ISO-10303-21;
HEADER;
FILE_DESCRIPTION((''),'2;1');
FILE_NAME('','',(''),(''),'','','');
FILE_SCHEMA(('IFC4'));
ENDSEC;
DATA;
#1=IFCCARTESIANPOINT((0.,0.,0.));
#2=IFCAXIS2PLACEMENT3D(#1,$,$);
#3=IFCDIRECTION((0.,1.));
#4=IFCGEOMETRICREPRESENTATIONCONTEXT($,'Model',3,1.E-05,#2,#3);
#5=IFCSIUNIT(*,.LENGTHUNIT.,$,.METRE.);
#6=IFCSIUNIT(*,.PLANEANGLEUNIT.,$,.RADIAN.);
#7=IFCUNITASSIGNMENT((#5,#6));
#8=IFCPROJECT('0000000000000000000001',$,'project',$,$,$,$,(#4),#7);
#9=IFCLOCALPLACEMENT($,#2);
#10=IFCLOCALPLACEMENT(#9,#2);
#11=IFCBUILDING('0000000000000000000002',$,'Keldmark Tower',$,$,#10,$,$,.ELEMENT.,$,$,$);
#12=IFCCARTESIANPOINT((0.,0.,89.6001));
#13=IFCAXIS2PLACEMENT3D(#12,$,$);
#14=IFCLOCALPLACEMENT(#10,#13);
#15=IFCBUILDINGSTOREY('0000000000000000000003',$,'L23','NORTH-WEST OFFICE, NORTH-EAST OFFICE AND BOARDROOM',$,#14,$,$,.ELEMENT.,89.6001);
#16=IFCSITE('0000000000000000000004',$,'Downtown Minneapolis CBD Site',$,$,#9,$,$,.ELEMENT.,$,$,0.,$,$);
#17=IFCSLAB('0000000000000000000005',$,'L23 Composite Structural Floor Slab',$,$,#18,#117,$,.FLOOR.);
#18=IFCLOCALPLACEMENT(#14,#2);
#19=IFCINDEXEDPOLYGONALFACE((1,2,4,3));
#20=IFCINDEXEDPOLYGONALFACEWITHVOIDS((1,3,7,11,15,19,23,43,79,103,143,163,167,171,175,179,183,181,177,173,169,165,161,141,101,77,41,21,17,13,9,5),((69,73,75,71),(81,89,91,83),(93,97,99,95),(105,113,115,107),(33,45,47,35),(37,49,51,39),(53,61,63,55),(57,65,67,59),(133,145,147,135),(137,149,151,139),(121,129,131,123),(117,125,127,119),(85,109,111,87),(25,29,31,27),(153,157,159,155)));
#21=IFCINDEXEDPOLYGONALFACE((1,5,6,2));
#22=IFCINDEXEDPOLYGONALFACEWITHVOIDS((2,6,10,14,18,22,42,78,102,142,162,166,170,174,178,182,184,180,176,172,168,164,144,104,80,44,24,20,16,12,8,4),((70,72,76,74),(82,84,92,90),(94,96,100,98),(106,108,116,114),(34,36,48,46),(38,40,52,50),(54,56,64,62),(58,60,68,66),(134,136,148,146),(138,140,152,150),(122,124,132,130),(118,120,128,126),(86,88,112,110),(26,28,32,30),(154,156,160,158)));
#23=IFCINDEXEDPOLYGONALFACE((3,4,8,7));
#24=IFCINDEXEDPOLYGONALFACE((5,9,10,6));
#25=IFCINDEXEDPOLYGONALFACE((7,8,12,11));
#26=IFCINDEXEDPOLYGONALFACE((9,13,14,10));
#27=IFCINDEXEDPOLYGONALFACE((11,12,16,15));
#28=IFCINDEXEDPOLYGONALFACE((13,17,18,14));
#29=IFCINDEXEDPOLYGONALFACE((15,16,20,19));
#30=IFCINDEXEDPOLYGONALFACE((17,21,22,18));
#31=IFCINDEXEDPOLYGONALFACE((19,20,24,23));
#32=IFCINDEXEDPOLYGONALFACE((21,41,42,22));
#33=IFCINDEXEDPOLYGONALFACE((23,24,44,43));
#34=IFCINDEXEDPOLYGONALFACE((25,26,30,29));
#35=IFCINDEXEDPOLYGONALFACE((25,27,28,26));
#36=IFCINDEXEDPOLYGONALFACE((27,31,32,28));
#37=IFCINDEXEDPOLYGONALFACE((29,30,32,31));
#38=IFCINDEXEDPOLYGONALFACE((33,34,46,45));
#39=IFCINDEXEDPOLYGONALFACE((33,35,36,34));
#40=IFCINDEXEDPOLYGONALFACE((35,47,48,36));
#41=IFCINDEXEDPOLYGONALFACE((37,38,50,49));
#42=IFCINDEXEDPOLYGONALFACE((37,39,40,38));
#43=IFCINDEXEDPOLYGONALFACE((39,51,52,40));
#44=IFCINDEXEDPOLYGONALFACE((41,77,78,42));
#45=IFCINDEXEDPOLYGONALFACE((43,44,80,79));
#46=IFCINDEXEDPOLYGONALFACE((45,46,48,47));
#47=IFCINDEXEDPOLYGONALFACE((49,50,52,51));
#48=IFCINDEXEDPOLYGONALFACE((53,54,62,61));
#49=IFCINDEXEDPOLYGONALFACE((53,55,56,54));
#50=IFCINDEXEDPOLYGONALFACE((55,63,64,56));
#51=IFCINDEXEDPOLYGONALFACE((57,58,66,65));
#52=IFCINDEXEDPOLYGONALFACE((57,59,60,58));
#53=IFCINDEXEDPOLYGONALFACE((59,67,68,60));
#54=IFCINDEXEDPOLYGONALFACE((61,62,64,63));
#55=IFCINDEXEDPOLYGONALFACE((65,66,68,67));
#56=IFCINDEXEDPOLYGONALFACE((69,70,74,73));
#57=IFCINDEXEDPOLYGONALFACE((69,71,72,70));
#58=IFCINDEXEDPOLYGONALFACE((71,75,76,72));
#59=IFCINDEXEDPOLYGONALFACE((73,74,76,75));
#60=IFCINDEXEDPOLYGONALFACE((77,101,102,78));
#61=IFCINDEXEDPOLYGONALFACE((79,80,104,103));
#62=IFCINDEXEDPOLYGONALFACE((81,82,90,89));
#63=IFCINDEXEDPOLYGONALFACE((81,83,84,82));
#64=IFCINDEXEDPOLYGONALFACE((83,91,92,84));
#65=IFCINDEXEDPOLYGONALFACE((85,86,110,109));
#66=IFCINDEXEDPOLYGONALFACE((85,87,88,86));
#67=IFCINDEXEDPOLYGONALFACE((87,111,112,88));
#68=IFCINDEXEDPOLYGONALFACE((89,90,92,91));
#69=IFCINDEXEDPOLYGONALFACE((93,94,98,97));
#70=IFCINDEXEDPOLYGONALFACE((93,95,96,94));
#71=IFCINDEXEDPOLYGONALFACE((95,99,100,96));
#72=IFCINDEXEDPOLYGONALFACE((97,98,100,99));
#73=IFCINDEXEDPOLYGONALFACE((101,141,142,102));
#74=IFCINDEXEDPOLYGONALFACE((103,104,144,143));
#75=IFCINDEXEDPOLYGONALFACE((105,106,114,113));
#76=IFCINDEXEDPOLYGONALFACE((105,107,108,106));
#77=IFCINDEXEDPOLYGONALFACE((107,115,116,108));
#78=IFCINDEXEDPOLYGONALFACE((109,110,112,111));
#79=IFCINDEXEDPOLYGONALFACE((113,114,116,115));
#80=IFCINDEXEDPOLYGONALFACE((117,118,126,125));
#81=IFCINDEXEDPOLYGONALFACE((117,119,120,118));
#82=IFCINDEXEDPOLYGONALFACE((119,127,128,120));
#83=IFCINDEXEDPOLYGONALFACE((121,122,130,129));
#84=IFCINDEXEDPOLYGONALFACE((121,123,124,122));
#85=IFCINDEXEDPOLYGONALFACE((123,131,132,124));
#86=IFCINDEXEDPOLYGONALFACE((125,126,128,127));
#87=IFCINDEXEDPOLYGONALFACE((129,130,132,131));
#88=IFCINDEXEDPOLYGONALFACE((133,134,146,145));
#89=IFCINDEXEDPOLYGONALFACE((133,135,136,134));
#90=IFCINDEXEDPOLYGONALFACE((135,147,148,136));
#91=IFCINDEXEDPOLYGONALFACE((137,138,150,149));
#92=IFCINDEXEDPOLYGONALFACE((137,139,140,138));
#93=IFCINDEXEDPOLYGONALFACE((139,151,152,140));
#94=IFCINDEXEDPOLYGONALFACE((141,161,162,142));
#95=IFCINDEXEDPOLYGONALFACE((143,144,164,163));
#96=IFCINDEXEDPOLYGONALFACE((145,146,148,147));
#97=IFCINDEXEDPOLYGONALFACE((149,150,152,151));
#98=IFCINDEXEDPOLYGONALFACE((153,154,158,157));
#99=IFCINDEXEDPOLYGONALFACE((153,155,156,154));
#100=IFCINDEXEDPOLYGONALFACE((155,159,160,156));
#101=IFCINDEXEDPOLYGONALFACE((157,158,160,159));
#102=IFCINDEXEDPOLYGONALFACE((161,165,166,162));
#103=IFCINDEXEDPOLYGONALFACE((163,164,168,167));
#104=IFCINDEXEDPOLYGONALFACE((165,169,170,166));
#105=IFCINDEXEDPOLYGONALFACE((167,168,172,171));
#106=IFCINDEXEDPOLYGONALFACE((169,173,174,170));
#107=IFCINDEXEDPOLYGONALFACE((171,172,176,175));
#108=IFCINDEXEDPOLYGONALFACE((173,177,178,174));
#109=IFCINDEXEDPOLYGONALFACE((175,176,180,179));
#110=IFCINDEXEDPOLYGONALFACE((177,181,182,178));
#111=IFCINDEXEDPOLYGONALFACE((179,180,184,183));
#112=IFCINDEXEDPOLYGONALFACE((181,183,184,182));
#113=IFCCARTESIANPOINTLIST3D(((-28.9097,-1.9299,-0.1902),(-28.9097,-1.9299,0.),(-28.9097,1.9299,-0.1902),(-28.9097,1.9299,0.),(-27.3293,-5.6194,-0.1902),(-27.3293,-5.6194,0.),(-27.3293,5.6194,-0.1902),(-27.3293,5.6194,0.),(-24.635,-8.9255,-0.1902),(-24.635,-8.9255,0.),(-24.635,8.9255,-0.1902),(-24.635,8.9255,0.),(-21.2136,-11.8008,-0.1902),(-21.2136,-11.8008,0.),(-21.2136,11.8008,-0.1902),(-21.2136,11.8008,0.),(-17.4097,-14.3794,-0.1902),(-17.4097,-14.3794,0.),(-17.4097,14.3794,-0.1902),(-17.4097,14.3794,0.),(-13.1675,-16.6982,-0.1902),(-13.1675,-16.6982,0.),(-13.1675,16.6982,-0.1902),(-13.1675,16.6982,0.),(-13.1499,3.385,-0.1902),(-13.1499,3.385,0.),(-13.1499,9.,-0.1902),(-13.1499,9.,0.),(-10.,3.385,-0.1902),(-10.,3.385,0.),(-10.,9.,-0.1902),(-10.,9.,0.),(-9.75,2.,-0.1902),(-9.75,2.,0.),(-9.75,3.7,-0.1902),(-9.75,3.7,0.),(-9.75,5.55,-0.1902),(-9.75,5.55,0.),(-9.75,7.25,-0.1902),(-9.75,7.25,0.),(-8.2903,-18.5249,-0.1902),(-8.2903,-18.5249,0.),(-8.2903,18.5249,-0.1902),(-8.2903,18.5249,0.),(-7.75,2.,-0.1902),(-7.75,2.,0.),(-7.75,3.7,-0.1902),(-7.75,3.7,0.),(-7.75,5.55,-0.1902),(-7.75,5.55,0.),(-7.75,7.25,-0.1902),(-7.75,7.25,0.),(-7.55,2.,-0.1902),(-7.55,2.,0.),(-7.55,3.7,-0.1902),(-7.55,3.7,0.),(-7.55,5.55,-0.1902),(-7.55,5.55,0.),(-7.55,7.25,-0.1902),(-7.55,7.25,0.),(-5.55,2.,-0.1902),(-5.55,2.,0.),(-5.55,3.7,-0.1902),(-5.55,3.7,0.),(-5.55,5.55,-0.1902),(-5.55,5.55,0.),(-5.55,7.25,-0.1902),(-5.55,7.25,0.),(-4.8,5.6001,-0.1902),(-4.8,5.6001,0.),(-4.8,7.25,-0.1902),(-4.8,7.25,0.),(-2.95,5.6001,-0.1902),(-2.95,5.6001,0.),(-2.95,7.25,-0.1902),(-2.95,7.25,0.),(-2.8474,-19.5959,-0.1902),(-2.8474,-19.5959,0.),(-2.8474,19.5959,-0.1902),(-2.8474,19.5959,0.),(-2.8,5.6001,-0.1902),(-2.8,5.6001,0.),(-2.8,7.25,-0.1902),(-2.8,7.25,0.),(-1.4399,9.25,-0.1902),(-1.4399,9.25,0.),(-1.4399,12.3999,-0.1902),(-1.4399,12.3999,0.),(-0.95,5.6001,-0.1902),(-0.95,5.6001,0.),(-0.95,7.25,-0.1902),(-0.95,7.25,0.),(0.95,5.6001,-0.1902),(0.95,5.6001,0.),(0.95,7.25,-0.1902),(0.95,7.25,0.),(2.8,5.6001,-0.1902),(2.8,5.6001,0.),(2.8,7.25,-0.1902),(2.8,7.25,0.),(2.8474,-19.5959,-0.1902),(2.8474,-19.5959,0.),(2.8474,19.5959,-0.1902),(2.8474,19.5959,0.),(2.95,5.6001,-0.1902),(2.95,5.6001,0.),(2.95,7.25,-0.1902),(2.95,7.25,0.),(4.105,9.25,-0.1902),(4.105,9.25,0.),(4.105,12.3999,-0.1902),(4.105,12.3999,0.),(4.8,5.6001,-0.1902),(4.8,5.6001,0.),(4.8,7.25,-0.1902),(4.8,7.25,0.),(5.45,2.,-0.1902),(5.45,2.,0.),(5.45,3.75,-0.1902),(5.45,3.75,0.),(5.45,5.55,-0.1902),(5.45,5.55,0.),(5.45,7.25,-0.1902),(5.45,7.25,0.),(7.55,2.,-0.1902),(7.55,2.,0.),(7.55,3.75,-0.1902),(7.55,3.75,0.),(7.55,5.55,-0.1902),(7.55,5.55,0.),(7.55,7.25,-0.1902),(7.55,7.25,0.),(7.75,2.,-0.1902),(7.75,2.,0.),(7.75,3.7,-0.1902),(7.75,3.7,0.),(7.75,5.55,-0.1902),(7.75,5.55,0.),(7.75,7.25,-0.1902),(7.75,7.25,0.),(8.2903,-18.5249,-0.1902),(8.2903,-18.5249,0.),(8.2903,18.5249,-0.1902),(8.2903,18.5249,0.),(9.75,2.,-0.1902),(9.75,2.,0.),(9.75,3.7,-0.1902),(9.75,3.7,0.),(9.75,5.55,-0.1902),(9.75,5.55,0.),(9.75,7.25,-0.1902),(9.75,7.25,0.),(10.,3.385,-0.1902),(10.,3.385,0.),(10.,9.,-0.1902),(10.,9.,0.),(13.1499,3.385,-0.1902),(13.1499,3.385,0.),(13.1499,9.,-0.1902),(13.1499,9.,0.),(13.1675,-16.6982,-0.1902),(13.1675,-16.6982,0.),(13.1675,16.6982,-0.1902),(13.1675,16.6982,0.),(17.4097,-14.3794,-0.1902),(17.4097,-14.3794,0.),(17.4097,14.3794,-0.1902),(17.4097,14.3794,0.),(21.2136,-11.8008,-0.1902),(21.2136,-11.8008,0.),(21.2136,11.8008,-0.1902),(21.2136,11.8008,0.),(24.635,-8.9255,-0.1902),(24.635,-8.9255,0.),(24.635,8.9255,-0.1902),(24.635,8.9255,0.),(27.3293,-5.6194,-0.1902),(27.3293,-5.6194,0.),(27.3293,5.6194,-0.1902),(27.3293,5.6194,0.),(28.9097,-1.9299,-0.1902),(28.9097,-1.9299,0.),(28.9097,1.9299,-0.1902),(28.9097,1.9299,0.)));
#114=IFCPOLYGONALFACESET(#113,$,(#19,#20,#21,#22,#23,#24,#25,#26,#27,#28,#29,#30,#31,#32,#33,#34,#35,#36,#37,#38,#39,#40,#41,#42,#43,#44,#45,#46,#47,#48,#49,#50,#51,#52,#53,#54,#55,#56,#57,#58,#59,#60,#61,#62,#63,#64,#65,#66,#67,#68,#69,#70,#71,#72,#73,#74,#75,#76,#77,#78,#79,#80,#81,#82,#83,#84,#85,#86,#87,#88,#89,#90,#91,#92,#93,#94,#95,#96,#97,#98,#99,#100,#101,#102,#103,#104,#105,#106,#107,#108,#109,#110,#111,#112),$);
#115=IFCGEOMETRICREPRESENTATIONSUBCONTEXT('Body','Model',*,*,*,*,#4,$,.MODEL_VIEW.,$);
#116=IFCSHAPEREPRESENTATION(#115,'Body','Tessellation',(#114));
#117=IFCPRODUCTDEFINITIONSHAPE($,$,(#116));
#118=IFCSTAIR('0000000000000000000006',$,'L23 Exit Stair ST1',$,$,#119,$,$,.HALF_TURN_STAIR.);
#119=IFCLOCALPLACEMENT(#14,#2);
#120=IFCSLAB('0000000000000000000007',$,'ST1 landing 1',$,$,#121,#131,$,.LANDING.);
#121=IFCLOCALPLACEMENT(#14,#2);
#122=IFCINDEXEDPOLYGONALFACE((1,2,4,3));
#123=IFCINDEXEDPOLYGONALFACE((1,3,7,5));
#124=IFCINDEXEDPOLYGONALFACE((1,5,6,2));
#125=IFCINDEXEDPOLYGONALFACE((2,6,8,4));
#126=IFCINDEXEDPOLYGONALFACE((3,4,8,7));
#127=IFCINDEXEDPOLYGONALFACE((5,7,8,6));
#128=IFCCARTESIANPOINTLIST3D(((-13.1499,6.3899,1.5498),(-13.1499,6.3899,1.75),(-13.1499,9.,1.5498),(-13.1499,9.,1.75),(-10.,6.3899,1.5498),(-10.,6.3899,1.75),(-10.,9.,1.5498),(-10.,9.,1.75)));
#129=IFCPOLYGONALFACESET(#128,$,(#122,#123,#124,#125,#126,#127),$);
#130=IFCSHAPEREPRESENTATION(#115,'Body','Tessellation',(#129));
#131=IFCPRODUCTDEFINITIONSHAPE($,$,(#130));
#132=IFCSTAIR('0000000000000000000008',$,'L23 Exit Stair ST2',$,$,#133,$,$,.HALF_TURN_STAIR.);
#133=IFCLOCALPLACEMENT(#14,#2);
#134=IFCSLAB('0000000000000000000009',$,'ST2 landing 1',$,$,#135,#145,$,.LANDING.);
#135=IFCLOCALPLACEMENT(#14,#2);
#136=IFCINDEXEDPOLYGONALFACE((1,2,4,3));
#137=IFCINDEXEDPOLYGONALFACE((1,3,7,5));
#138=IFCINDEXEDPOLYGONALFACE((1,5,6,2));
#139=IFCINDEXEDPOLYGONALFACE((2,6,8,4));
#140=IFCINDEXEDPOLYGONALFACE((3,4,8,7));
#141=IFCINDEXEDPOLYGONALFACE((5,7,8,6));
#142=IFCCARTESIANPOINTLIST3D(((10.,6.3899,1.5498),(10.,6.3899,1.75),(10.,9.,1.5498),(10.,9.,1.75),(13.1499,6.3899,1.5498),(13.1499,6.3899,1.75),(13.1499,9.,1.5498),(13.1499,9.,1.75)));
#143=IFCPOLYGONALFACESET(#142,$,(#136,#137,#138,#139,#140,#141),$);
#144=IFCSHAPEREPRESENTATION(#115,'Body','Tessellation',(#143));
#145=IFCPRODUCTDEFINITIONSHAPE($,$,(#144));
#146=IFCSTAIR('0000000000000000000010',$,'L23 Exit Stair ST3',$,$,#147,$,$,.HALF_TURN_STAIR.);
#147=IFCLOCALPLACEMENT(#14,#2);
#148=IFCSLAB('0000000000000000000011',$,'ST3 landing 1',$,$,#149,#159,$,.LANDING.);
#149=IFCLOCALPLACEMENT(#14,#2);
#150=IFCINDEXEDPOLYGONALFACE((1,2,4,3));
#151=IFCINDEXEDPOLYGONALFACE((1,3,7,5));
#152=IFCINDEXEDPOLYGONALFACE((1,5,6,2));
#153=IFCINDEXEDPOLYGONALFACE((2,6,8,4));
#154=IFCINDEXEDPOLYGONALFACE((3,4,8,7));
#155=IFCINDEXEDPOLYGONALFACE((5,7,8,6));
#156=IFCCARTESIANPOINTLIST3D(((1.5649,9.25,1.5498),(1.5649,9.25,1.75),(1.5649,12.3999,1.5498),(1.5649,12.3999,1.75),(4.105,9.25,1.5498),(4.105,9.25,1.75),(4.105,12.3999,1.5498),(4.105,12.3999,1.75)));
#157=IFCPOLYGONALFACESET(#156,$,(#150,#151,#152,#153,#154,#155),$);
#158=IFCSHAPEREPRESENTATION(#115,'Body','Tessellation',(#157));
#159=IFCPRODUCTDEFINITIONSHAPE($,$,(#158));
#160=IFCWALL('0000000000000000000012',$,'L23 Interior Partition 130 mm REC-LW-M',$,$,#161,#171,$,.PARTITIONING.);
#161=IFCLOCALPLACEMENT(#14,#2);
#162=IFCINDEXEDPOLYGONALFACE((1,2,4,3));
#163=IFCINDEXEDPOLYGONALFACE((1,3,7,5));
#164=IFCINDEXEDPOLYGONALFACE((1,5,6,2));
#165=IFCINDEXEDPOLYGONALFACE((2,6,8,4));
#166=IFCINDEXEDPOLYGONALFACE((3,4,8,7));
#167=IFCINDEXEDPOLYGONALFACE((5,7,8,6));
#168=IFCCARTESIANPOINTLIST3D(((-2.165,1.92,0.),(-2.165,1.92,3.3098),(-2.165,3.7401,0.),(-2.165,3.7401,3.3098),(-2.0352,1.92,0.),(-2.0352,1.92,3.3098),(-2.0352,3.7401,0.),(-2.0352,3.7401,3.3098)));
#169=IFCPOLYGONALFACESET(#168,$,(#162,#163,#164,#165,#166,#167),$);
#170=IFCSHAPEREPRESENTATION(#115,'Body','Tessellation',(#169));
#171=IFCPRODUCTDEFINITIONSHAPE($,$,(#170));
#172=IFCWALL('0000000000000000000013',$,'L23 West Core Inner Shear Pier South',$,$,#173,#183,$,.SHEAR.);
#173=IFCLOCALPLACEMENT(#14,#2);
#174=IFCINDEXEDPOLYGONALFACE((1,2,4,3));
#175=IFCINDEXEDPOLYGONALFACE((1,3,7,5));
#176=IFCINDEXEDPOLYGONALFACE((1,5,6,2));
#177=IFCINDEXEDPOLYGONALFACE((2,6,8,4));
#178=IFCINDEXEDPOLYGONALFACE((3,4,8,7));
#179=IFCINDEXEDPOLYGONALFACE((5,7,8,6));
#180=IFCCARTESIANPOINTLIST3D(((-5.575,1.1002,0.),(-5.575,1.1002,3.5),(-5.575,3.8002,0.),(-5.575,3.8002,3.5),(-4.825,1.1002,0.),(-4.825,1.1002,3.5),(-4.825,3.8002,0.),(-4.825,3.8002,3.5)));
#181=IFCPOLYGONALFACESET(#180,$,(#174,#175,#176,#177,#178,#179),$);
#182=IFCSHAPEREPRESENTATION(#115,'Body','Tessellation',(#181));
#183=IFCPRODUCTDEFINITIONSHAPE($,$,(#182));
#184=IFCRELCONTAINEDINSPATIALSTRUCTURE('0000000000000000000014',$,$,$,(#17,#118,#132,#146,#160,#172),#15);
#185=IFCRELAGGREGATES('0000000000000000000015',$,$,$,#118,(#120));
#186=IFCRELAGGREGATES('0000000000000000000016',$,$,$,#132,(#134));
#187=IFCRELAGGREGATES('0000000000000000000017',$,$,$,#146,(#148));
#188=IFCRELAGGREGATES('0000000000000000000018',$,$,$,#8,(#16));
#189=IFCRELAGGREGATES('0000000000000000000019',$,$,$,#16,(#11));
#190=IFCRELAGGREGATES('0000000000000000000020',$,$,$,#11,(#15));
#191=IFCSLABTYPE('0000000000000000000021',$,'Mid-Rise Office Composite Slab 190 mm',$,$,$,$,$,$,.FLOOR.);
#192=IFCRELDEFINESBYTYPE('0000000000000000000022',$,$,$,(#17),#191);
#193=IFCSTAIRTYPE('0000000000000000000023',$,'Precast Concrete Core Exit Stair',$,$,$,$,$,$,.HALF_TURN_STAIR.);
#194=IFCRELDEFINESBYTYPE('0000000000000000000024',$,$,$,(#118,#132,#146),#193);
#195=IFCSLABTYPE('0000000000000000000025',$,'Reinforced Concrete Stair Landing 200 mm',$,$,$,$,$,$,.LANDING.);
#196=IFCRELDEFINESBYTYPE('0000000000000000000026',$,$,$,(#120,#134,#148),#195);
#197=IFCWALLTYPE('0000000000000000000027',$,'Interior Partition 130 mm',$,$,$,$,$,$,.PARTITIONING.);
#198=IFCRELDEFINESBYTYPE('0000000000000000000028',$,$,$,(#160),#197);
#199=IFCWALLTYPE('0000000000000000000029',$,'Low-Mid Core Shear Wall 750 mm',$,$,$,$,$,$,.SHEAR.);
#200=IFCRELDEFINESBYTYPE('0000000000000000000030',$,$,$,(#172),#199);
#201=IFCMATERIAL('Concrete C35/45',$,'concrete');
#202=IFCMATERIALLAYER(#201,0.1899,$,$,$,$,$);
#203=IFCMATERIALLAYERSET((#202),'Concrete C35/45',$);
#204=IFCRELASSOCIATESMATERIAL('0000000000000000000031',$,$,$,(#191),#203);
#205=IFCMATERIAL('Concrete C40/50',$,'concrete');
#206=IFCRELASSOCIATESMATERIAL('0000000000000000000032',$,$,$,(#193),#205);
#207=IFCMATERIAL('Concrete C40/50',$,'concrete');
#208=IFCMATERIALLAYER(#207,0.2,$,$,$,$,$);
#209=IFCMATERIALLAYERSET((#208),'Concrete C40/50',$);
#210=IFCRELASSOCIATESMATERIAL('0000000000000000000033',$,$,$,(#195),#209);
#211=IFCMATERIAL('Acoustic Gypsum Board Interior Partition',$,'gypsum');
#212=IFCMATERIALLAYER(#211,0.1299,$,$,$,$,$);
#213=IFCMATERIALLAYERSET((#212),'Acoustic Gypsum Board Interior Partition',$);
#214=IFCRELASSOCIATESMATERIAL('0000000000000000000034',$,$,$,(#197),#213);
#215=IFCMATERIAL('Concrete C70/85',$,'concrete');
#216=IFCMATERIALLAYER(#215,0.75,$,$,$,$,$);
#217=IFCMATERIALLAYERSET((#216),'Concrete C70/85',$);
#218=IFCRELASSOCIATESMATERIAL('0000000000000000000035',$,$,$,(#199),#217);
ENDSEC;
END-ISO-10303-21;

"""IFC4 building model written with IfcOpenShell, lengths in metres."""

from ifc_helpers import new_model, si_unit, direction, frame, frame_2d, origin, place, context, subcontext, project, spatial, polyline, rectangle, outline, extrude, material, layer, layer_set, type_object, element, aggregate, save


model = new_model("IFC4")

# Units and contexts
model_context = context("Model", 3, precision=1e-05, world=origin(), true_north=direction((0.0, 1.0)))
body_context = subcontext(model_context, "Body", "Model", "MODEL_VIEW")
ifc_project = project(units=[si_unit("LENGTHUNIT", "METRE"), si_unit("PLANEANGLEUNIT", "RADIAN")], contexts=[model_context])

# Site, building, storey
site_placement = place(None, origin())
site = spatial("IfcSite", under=ifc_project, at=site_placement, Name="Downtown Minneapolis CBD Site", CompositionType="ELEMENT", RefElevation=0.0)
building_placement = place(site_placement, origin())
building = spatial("IfcBuilding", under=site, at=building_placement, Name="Keldmark Tower", CompositionType="ELEMENT")
storey_placement = place(building_placement, frame((0.0, 0.0, 89.6001)))
storey = spatial("IfcBuildingStorey", under=building, at=storey_placement, Name="L23", Description="NORTH-WEST OFFICE, NORTH-EAST OFFICE AND BOARDROOM", CompositionType="ELEMENT", Elevation=89.6001)

# Slab
ifc_material_1 = material(Name="Concrete C35/45", Category="concrete")
ifc_layer_1 = layer(ifc_material_1, 0.1899)
ifc_layer_set_1 = layer_set([ifc_layer_1], Name="Concrete C35/45")
slab_type_1 = type_object("IfcSlabType", Name="Mid-Rise Office Composite Slab 190 mm", PredefinedType="FLOOR", material=ifc_layer_set_1)
slab_1_placement = place(storey_placement, frame((0.0, 0.0, -0.1902)))
element("IfcSlab", 1, at=slab_1_placement, inside=storey, type_object=slab_type_1, Name="L23 Composite Structural Floor Slab", PredefinedType="FLOOR", context=body_context, shape_type="SweptSolid", body=[
    extrude(outline(polyline([(28.9097, 1.9299), (27.3293, 5.6194), (24.635, 8.9255), (21.2136, 11.8008), (17.4097, 14.3794), (13.1675, 16.6982), (8.2903, 18.5249), (2.8474, 19.5959), (-2.8474, 19.5959), (-8.2903, 18.5249), (-13.1675, 16.6982), (-17.4097, 14.3794), (-21.2136, 11.8008), (-24.635, 8.9255), (-27.3293, 5.6194), (-28.9097, 1.9299), (-28.9097, -1.9299), (-27.3293, -5.6194), (-24.635, -8.9255), (-21.2136, -11.8008), (-17.4097, -14.3794), (-13.1675, -16.6982), (-8.2903, -18.5249), (-2.8474, -19.5959), (2.8474, -19.5959), (8.2903, -18.5249), (13.1675, -16.6982), (17.4097, -14.3794), (21.2136, -11.8008), (24.635, -8.9255), (27.3293, -5.6194), (28.9097, -1.9299), (28.9097, 1.9299)]), holes=[polyline([(-10.0, 3.385), (-10.0, 9.0), (-13.1499, 9.0), (-13.1499, 3.385), (-10.0, 3.385)]), polyline([(13.1499, 3.385), (13.1499, 9.0), (10.0, 9.0), (10.0, 3.385), (13.1499, 3.385)]), polyline([(-1.4399, 9.25), (4.105, 9.25), (4.105, 12.3999), (-1.4399, 12.3999), (-1.4399, 9.25)]), polyline([(-9.75, 2.0), (-7.75, 2.0), (-7.75, 3.7), (-9.75, 3.7), (-9.75, 2.0)]), polyline([(7.75, 2.0), (9.75, 2.0), (9.75, 3.7), (7.75, 3.7), (7.75, 2.0)]), polyline([(5.45, 2.0), (7.55, 2.0), (7.55, 3.75), (5.45, 3.75), (5.45, 2.0)]), polyline([(-4.8, 5.6001), (-2.95, 5.6001), (-2.95, 7.25), (-4.8, 7.25), (-4.8, 5.6001)]), polyline([(-2.8, 5.6001), (-0.95, 5.6001), (-0.95, 7.25), (-2.8, 7.25), (-2.8, 5.6001)]), polyline([(0.95, 5.6001), (2.8, 5.6001), (2.8, 7.25), (0.95, 7.25), (0.95, 5.6001)]), polyline([(2.95, 5.6001), (4.8, 5.6001), (4.8, 7.25), (2.95, 7.25), (2.95, 5.6001)]), polyline([(-9.75, 5.55), (-7.75, 5.55), (-7.75, 7.25), (-9.75, 7.25), (-9.75, 5.55)]), polyline([(-7.55, 5.55), (-5.55, 5.55), (-5.55, 7.25), (-7.55, 7.25), (-7.55, 5.55)]), polyline([(-7.55, 2.0), (-5.55, 2.0), (-5.55, 3.7), (-7.55, 3.7), (-7.55, 2.0)]), polyline([(5.45, 5.55), (7.55, 5.55), (7.55, 7.25), (5.45, 7.25), (5.45, 5.55)]), polyline([(7.75, 5.55), (9.75, 5.55), (9.75, 7.25), (7.75, 7.25), (7.75, 5.55)])]), origin(), (0.0, 0.0, 1.0), 0.1902),
])

# Stairs, slabs
ifc_material_2 = material(Name="Concrete C40/50", Category="concrete")
stair_type = type_object("IfcStairType", Name="Precast Concrete Core Exit Stair", PredefinedType="HALF_TURN_STAIR", material=ifc_material_2)
stair_1_placement = place(storey_placement, origin())
stair_1 = element("IfcStair", 2, at=stair_1_placement, inside=storey, type_object=stair_type, Name="L23 Exit Stair ST1", PredefinedType="HALF_TURN_STAIR")
ifc_material_3 = material(Name="Concrete C40/50", Category="concrete")
ifc_layer_2 = layer(ifc_material_3, 0.2)
ifc_layer_set_2 = layer_set([ifc_layer_2], Name="Concrete C40/50")
slab_type_2 = type_object("IfcSlabType", Name="Reinforced Concrete Stair Landing 200 mm", PredefinedType="LANDING", material=ifc_layer_set_2)
slab_2_placement = place(storey_placement, frame((0.0, 0.0, 1.5498)))
slab_2 = element("IfcSlab", 3, at=slab_2_placement, type_object=slab_type_2, Name="ST1 landing 1", PredefinedType="LANDING", context=body_context, shape_type="SweptSolid", body=[
    extrude(outline(polyline([(-10.0, 6.3899), (-10.0, 9.0), (-13.1499, 9.0), (-13.1499, 6.3899), (-10.0, 6.3899)])), origin(), (0.0, 0.0, 1.0), 0.2002),
])
aggregate(stair_1, [slab_2])
stair_2_placement = place(storey_placement, origin())
stair_2 = element("IfcStair", 4, at=stair_2_placement, inside=storey, type_object=stair_type, Name="L23 Exit Stair ST2", PredefinedType="HALF_TURN_STAIR")
slab_3_placement = place(storey_placement, frame((0.0, 0.0, 1.5498)))
slab_3 = element("IfcSlab", 5, at=slab_3_placement, type_object=slab_type_2, Name="ST2 landing 1", PredefinedType="LANDING", context=body_context, shape_type="SweptSolid", body=[
    extrude(outline(polyline([(13.1499, 6.3899), (13.1499, 9.0), (10.0, 9.0), (10.0, 6.3899), (13.1499, 6.3899)])), origin(), (0.0, 0.0, 1.0), 0.2002),
])
aggregate(stair_2, [slab_3])
stair_3_placement = place(storey_placement, origin())
stair_3 = element("IfcStair", 6, at=stair_3_placement, inside=storey, type_object=stair_type, Name="L23 Exit Stair ST3", PredefinedType="HALF_TURN_STAIR")
slab_4_placement = place(storey_placement, frame((0.0, 0.0, 1.5498)))
slab_4 = element("IfcSlab", 7, at=slab_4_placement, type_object=slab_type_2, Name="ST3 landing 1", PredefinedType="LANDING", context=body_context, shape_type="SweptSolid", body=[
    extrude(outline(polyline([(1.5649, 9.25), (4.105, 9.25), (4.105, 12.3999), (1.5649, 12.3999), (1.5649, 9.25)])), origin(), (0.0, 0.0, 1.0), 0.2002),
])
aggregate(stair_3, [slab_4])

# Wall
ifc_material_4 = material(Name="Acoustic Gypsum Board Interior Partition", Category="gypsum")
ifc_layer_3 = layer(ifc_material_4, 0.1299)
ifc_layer_set_3 = layer_set([ifc_layer_3], Name="Acoustic Gypsum Board Interior Partition")
wall_type_1 = type_object("IfcWallType", Name="Interior Partition 130 mm", PredefinedType="PARTITIONING", material=ifc_layer_set_3)
wall_1_placement = place(storey_placement, frame((-2.1001, 1.9199, 0.0), z_axis=(0.0, 0.0, 1.0), x_axis=(0.0, 1.0, 0.0)))
element("IfcWall", 8, at=wall_1_placement, inside=storey, type_object=wall_type_1, Name="L23 Interior Partition 130 mm REC-LW-M", PredefinedType="PARTITIONING", context=body_context, shape_type="SweptSolid", body=[
    extrude(rectangle(XDim=1.8201, YDim=0.1299, at=frame_2d((0.9102, 0.0))), origin(), (0.0, 0.0, 1.0), 3.3098),
])

# Shared definitions
ifc_material_5 = material(Name="Concrete C70/85", Category="concrete")
ifc_layer_4 = layer(ifc_material_5, 0.75)
ifc_layer_set_4 = layer_set([ifc_layer_4], Name="Concrete C70/85")
wall_type_2 = type_object("IfcWallType", Name="Low-Mid Core Shear Wall 750 mm", PredefinedType="SHEAR", material=ifc_layer_set_4)

# Wall
wall_2_placement = place(storey_placement, frame((-5.2, 1.1001, 0.0), z_axis=(0.0, 0.0, 1.0), x_axis=(0.0, 1.0, 0.0)))
element("IfcWall", 9, at=wall_2_placement, inside=storey, type_object=wall_type_2, Name="L23 West Core Inner Shear Pier South", PredefinedType="SHEAR", context=body_context, shape_type="SweptSolid", body=[
    extrude(rectangle(XDim=2.7, YDim=0.75, at=frame_2d((1.3501, 0.0))), origin(), (0.0, 0.0, 1.0), 3.5),
])

save(model, "model.ifc")
